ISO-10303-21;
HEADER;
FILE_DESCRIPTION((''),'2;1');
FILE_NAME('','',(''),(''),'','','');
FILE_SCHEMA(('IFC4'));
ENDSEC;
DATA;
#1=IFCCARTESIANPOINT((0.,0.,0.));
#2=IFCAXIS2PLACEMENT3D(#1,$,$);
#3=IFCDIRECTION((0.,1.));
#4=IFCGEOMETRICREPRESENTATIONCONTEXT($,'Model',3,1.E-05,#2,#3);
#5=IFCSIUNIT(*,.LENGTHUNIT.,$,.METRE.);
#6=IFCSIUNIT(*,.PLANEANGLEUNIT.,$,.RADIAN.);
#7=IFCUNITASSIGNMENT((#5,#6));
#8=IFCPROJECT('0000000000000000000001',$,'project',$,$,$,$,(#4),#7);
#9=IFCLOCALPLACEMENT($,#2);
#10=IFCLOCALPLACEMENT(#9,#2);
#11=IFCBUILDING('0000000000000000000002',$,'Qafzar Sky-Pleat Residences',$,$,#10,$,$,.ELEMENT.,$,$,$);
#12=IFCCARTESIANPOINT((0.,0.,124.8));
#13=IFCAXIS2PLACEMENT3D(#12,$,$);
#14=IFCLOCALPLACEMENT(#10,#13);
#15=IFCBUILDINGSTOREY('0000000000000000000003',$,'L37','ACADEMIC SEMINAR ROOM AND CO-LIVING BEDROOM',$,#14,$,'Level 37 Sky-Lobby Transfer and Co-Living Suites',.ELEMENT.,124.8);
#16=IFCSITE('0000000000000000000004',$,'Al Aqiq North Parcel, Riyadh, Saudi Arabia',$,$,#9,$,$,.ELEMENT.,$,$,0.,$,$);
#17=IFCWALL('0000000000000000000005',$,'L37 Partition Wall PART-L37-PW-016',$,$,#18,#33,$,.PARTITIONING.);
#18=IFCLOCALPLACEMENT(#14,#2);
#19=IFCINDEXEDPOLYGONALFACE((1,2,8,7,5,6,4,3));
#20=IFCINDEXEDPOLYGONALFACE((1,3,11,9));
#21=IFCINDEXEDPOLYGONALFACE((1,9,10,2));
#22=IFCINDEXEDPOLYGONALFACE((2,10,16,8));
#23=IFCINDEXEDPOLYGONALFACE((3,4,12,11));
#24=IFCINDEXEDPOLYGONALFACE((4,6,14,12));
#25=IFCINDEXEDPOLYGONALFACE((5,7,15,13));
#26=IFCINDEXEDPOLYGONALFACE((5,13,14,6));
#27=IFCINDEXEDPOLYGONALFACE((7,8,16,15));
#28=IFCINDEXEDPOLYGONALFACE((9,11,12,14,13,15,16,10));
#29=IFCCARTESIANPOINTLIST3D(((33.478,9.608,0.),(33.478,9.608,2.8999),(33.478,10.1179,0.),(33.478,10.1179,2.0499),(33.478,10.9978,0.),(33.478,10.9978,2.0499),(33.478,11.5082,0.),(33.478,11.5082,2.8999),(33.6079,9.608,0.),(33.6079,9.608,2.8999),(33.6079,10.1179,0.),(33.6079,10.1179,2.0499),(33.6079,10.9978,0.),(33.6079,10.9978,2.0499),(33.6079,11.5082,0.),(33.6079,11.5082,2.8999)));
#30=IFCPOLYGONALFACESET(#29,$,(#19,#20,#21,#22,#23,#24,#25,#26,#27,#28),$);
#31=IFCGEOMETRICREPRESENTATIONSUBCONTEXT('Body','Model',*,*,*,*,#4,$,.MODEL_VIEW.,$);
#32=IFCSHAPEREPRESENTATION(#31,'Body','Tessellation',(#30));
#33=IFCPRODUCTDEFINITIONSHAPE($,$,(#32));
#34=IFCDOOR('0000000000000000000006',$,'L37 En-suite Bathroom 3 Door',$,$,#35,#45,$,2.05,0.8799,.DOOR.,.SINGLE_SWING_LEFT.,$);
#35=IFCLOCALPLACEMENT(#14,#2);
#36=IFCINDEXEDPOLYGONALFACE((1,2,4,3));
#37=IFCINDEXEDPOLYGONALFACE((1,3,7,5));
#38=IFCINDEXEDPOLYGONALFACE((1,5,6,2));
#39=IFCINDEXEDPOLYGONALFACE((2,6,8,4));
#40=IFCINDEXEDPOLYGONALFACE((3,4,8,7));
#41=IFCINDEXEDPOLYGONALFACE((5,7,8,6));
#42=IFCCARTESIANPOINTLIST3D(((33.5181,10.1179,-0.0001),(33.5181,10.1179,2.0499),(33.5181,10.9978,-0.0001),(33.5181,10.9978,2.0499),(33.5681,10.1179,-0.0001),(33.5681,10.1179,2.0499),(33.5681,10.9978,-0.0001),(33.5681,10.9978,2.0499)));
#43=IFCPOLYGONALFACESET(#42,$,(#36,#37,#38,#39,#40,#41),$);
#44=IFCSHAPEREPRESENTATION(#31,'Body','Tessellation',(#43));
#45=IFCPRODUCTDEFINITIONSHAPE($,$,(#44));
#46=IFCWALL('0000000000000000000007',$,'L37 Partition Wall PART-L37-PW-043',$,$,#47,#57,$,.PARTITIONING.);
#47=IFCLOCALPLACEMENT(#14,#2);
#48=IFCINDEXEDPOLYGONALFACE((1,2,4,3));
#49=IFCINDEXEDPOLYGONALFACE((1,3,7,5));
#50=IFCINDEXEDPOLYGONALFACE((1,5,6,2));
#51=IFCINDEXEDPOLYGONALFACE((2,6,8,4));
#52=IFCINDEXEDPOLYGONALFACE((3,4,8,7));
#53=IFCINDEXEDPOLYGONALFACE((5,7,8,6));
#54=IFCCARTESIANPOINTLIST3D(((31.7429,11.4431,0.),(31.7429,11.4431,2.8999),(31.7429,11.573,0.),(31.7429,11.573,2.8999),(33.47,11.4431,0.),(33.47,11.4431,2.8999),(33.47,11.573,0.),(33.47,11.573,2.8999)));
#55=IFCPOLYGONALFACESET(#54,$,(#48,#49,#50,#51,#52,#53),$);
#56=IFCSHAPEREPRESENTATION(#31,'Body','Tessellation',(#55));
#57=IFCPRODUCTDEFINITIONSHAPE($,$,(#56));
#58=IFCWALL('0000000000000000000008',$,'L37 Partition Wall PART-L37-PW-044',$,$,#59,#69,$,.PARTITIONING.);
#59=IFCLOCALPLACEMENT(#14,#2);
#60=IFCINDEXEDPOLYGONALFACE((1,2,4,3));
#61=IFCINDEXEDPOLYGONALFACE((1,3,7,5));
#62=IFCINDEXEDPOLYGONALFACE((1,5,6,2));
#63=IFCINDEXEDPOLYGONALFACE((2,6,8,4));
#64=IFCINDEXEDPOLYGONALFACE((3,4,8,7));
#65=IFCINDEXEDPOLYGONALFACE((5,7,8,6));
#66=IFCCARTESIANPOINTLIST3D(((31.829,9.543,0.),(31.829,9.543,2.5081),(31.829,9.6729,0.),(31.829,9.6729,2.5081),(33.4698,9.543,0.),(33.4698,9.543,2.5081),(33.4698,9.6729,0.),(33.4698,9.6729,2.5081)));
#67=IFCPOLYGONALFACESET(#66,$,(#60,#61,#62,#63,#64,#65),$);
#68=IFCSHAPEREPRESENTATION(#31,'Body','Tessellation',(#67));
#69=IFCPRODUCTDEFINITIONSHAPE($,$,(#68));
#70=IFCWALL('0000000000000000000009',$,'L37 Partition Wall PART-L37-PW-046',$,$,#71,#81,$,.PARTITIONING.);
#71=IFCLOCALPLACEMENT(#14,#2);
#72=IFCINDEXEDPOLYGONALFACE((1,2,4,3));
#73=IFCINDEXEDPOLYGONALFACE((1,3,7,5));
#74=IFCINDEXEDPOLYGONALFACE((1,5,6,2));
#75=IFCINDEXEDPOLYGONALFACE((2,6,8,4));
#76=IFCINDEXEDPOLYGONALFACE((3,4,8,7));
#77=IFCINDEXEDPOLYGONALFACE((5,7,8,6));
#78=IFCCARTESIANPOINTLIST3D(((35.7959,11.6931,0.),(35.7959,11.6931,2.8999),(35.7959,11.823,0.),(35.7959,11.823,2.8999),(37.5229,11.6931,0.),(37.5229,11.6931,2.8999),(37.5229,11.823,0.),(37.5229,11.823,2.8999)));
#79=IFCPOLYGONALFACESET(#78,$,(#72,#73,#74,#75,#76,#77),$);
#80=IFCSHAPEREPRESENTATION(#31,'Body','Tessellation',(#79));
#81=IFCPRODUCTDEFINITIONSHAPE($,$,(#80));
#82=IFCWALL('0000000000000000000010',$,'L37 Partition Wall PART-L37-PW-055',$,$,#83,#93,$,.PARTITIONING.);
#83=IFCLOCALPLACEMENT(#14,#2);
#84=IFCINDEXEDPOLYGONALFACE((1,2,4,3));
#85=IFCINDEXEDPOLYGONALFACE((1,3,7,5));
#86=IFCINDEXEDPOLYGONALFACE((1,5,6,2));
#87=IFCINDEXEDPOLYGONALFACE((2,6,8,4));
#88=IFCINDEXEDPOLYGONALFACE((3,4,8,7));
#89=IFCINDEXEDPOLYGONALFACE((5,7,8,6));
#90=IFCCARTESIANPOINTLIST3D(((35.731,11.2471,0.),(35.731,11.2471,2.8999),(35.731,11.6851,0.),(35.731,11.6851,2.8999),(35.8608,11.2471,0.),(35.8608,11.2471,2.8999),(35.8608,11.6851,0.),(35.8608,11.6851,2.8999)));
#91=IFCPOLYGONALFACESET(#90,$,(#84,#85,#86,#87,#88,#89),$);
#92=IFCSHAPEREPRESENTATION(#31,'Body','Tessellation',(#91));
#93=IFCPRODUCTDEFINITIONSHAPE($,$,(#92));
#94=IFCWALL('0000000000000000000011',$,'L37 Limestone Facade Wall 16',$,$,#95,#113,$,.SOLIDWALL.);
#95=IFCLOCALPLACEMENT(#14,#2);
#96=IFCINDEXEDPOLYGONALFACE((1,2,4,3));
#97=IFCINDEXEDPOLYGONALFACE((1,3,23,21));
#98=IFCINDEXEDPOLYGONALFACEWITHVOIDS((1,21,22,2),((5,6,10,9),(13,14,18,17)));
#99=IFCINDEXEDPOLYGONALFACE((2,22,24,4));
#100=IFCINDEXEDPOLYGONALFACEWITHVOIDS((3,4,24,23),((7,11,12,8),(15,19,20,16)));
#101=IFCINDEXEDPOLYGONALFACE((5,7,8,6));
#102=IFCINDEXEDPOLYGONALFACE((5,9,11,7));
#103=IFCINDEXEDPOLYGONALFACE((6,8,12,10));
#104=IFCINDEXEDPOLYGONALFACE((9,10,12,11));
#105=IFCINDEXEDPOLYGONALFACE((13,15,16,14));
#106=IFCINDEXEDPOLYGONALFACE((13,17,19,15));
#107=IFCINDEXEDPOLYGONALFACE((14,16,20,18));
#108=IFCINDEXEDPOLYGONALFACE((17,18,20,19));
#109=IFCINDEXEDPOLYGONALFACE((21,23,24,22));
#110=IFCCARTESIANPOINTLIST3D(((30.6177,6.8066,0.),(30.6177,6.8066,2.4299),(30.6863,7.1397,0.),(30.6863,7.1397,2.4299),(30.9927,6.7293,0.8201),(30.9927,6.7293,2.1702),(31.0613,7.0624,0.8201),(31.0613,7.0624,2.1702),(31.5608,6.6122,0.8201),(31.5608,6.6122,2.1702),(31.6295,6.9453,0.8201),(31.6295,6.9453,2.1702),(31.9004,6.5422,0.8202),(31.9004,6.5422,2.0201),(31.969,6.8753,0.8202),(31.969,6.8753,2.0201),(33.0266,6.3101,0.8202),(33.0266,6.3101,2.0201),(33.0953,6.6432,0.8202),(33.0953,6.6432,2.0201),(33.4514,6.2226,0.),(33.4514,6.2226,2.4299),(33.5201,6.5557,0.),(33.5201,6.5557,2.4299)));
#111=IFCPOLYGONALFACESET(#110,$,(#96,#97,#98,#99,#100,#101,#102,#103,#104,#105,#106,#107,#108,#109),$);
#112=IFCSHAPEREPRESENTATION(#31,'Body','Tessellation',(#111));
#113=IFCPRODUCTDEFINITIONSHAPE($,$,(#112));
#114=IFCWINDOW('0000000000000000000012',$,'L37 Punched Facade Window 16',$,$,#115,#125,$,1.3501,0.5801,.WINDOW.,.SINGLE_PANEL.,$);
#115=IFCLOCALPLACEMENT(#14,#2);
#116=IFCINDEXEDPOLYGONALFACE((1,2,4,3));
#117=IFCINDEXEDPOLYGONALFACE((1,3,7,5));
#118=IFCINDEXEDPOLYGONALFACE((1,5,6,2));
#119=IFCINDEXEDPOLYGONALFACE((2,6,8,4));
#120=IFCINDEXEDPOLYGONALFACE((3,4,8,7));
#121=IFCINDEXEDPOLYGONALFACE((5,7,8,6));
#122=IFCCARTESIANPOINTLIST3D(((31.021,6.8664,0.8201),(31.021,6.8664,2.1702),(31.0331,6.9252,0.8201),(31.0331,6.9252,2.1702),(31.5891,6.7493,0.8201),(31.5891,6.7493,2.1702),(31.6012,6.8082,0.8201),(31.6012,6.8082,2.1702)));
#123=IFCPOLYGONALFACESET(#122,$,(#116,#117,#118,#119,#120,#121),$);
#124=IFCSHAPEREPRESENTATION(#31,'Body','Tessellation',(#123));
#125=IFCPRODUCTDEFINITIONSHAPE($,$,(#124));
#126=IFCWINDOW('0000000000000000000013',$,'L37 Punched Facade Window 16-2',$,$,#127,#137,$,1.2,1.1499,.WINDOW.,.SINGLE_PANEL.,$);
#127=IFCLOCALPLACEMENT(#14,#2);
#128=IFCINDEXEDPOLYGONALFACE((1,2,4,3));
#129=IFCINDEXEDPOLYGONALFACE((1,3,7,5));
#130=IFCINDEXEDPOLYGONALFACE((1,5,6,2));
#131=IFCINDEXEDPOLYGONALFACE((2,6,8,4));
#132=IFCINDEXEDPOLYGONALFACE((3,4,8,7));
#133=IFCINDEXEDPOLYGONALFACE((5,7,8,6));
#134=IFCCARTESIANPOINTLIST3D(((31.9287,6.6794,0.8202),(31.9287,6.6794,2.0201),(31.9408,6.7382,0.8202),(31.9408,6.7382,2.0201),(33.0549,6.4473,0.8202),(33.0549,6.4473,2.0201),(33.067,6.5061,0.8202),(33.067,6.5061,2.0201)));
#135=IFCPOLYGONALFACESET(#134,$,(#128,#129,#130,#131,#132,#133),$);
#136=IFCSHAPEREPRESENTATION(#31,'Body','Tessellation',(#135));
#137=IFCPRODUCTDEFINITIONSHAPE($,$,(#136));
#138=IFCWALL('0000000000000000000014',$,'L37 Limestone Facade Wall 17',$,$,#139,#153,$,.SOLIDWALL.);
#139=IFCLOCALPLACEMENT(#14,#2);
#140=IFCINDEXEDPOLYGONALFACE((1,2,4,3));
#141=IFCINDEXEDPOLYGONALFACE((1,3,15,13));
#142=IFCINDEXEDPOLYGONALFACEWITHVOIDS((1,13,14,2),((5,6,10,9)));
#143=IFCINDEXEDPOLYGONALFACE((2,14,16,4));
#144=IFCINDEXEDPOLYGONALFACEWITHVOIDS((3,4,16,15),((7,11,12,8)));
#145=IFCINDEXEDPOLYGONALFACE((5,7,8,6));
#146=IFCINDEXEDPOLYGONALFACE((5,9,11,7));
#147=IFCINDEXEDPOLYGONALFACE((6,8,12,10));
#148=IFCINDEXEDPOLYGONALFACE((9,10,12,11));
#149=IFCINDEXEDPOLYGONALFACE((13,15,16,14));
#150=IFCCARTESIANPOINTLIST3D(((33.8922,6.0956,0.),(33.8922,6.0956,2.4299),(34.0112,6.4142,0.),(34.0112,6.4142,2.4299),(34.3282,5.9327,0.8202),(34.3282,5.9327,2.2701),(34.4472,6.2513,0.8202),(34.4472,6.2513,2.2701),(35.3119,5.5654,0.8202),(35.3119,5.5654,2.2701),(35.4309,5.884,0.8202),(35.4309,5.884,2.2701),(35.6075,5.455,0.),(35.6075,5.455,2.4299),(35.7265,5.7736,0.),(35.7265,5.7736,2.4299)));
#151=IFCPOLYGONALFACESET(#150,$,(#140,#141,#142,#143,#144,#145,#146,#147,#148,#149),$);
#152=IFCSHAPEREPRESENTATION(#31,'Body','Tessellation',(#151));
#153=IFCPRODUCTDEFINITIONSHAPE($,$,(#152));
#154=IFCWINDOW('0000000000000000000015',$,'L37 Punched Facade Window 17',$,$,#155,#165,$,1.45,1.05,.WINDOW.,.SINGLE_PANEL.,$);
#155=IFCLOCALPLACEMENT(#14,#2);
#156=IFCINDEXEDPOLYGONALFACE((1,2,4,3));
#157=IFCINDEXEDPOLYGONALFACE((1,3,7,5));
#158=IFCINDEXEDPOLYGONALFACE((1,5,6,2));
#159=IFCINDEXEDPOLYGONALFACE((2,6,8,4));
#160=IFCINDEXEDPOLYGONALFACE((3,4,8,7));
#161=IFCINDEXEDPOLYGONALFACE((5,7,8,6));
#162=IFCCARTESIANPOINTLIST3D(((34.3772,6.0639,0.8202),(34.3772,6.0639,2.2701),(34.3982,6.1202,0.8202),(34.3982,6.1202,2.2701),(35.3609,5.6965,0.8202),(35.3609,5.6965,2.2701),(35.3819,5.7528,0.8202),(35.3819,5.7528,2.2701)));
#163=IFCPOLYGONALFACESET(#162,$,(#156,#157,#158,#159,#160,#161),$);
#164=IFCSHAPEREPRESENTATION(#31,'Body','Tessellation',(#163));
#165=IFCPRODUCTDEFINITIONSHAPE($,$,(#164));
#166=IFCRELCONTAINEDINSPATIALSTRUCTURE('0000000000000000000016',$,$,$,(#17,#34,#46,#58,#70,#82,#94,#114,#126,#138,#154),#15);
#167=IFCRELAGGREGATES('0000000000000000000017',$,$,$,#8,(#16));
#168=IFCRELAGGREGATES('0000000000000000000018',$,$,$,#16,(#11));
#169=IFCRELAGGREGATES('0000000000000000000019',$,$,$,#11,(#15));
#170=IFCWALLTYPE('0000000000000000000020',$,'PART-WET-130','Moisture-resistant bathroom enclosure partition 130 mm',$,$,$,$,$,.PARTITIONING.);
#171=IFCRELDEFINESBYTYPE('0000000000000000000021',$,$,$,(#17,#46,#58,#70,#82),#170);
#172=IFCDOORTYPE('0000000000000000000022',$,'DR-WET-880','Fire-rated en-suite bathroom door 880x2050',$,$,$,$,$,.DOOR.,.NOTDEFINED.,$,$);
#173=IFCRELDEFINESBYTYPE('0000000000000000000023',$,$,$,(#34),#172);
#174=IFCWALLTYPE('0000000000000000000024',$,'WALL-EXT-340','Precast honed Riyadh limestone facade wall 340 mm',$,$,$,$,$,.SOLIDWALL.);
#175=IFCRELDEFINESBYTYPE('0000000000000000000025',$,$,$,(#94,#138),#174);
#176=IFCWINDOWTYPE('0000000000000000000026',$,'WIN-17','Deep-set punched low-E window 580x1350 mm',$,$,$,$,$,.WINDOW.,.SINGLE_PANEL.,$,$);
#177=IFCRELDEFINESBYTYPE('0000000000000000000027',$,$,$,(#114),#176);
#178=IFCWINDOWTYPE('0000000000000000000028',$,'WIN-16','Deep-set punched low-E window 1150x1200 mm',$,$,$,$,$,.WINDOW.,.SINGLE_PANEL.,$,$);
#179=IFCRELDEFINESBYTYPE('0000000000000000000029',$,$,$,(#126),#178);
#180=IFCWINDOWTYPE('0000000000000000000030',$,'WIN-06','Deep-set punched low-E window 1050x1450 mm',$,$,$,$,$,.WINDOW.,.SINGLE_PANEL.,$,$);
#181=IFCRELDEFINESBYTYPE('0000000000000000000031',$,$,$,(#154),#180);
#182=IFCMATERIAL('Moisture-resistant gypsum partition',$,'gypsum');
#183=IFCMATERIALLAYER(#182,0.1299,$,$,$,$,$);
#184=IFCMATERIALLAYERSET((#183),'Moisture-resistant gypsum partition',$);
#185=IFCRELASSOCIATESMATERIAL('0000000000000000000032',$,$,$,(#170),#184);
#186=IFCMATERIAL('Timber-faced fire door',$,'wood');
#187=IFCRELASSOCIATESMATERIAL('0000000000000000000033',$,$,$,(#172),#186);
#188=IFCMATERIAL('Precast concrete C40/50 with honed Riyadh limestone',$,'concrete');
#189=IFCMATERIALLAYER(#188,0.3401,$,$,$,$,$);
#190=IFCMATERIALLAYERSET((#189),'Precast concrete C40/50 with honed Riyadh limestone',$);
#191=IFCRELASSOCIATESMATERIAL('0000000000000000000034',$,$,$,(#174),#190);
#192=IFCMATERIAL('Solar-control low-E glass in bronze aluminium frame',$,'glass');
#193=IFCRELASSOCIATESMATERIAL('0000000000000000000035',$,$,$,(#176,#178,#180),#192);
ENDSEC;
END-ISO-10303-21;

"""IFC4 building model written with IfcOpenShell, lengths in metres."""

from ifc_helpers import new_model, si_unit, direction, frame, frame_2d, origin, place, context, subcontext, project, spatial, rectangle, extrude, source, transform, mapped, material, layer, layer_set, type_object, element, fill, save


model = new_model("IFC4")

# Units and contexts
model_context = context("Model", 3, precision=1e-05, world=origin(), true_north=direction((0.0, 1.0)))
body_context = subcontext(model_context, "Body", "Model", "MODEL_VIEW")
ifc_project = project(units=[si_unit("LENGTHUNIT", "METRE"), si_unit("PLANEANGLEUNIT", "RADIAN")], contexts=[model_context])

# Site, building, storey
site_placement = place(None, origin())
site = spatial("IfcSite", under=ifc_project, at=site_placement, Name="Al Aqiq North Parcel, Riyadh, Saudi Arabia", CompositionType="ELEMENT", RefElevation=0.0)
building_placement = place(site_placement, origin())
building = spatial("IfcBuilding", under=site, at=building_placement, Name="Qafzar Sky-Pleat Residences", CompositionType="ELEMENT")
storey_placement = place(building_placement, frame((0.0, 0.0, 124.8)))
storey = spatial("IfcBuildingStorey", under=building, at=storey_placement, Name="L37", Description="ACADEMIC SEMINAR ROOM AND CO-LIVING BEDROOM", LongName="Level 37 Sky-Lobby Transfer and Co-Living Suites", CompositionType="ELEMENT", Elevation=124.8)

# Wall, opening, door
ifc_material_1 = material(Name="Moisture-resistant gypsum partition", Category="gypsum")
ifc_layer_1 = layer(ifc_material_1, 0.1299)
ifc_layer_set_1 = layer_set([ifc_layer_1], Name="Moisture-resistant gypsum partition")
wall_type_1 = type_object("IfcWallType", Name="PART-WET-130", Description="Moisture-resistant bathroom enclosure partition 130 mm", PredefinedType="PARTITIONING", material=ifc_layer_set_1)
wall_1_placement = place(storey_placement, frame((33.543, 9.6079, 0.0), z_axis=(0.0, 0.0, 1.0), x_axis=(0.0, 1.0, 0.0)))
wall_1 = element("IfcWall", 1, at=wall_1_placement, inside=storey, type_object=wall_type_1, Name="L37 Partition Wall PART-L37-PW-016", PredefinedType="PARTITIONING", context=body_context, shape_type="SweptSolid", body=[
    extrude(rectangle(XDim=1.9001, YDim=0.1299, at=frame_2d((0.9502, 0.0))), origin(), (0.0, 0.0, 1.0), 2.8999),
])
opening_1_placement = place(wall_1_placement, frame((0.51, 0.0, 0.0)))
opening_1 = element("IfcOpeningElement", 2, at=opening_1_placement, cuts=wall_1, PredefinedType="OPENING", context=body_context, shape_type="SweptSolid", body=[
    extrude(rectangle(XDim=0.8799, YDim=2.05, at=frame_2d((0.4399, 1.0249))), frame((0.0, 0.075, 0.0), z_axis=(0.0, -1.0, 0.0), x_axis=(1.0, 0.0, 0.0)), (0.0, 0.0, 1.0), 0.1499),
])
ifc_material_2 = material(Name="Timber-faced fire door", Category="wood")
door_type = type_object("IfcDoorType", Name="DR-WET-880", Description="Fire-rated en-suite bathroom door 880x2050", OperationType="NOTDEFINED", PredefinedType="DOOR", material=ifc_material_2)
shared_shape_1 = source(origin(), body_context, "Body", "SweptSolid", [
    extrude(rectangle(XDim=0.8799, YDim=2.05, at=frame_2d((0.4399, 1.0249))), frame((0.0, 0.0249, 0.0), z_axis=(0.0, -1.0, 0.0), x_axis=(1.0, 0.0, 0.0)), (0.0, 0.0, 1.0), 0.05),
])
door_placement = place(opening_1_placement, origin())
door = element("IfcDoor", 3, at=door_placement, inside=storey, type_object=door_type, Name="L37 En-suite Bathroom 3 Door", OperationType="SINGLE_SWING_LEFT", OverallHeight=2.05, OverallWidth=0.8799, PredefinedType="DOOR", context=body_context, shape_type="MappedRepresentation", body=[
    mapped(shared_shape_1, transform((0.0, 0.0, 0.0), x_axis=(1.0, 0.0, 0.0), y_axis=(0.0, 1.0, 0.0), z_axis=(0.0, 0.0, 1.0), scale=1.0)),
])
fill(opening_1, door)

# Walls
wall_2_placement = place(storey_placement, frame((31.7429, 11.5081, 0.0), z_axis=(0.0, 0.0, 1.0), x_axis=(1.0, 0.0, 0.0)))
element("IfcWall", 4, at=wall_2_placement, inside=storey, type_object=wall_type_1, Name="L37 Partition Wall PART-L37-PW-043", PredefinedType="PARTITIONING", context=body_context, shape_type="SweptSolid", body=[
    extrude(rectangle(XDim=1.7271, YDim=0.1299, at=frame_2d((0.8635, 0.0))), origin(), (0.0, 0.0, 1.0), 2.8999),
])
wall_3_placement = place(storey_placement, frame((31.8291, 9.6079, 0.0), z_axis=(0.0, 0.0, 1.0), x_axis=(1.0, 0.0, 0.0)))
element("IfcWall", 5, at=wall_3_placement, inside=storey, type_object=wall_type_1, Name="L37 Partition Wall PART-L37-PW-044", PredefinedType="PARTITIONING", context=body_context, shape_type="SweptSolid", body=[
    extrude(rectangle(XDim=1.6409, YDim=0.1299, at=frame_2d((0.8203, 0.0))), origin(), (0.0, 0.0, 1.0), 2.5081),
])
wall_4_placement = place(storey_placement, frame((35.7959, 11.7581, 0.0), z_axis=(0.0, 0.0, 1.0), x_axis=(1.0, 0.0, 0.0)))
element("IfcWall", 6, at=wall_4_placement, inside=storey, type_object=wall_type_1, Name="L37 Partition Wall PART-L37-PW-046", PredefinedType="PARTITIONING", context=body_context, shape_type="SweptSolid", body=[
    extrude(rectangle(XDim=1.7271, YDim=0.1299, at=frame_2d((0.8635, 0.0))), origin(), (0.0, 0.0, 1.0), 2.8999),
])
wall_5_placement = place(storey_placement, frame((35.7959, 11.2471, 0.0), z_axis=(0.0, 0.0, 1.0), x_axis=(0.0, 1.0, 0.0)))
element("IfcWall", 7, at=wall_5_placement, inside=storey, type_object=wall_type_1, Name="L37 Partition Wall PART-L37-PW-055", PredefinedType="PARTITIONING", context=body_context, shape_type="SweptSolid", body=[
    extrude(rectangle(XDim=0.438, YDim=0.1299, at=frame_2d((0.219, 0.0))), origin(), (0.0, 0.0, 1.0), 2.8999),
])

# Wall, openings, windows
ifc_material_3 = material(Name="Precast concrete C40/50 with honed Riyadh limestone", Category="concrete")
ifc_layer_2 = layer(ifc_material_3, 0.3401)
ifc_layer_set_2 = layer_set([ifc_layer_2], Name="Precast concrete C40/50 with honed Riyadh limestone")
wall_type_2 = type_object("IfcWallType", Name="WALL-EXT-340", Description="Precast honed Riyadh limestone facade wall 340 mm", PredefinedType="SOLIDWALL", material=ifc_layer_set_2)
wall_6_placement = place(storey_placement, frame((30.6519, 6.9731, 0.0), z_axis=(0.0, 0.0, 1.0), x_axis=(0.979418, -0.201841, 0.0)))
wall_6 = element("IfcWall", 8, at=wall_6_placement, inside=storey, type_object=wall_type_2, Name="L37 Limestone Facade Wall 16", PredefinedType="SOLIDWALL", context=body_context, shape_type="SweptSolid", body=[
    extrude(rectangle(XDim=2.8933, YDim=0.3401, at=frame_2d((1.4468, 0.0))), origin(), (0.0, 0.0, 1.0), 2.4299),
])
opening_2_placement = place(wall_6_placement, frame((0.3831, 0.0, 0.8201)))
opening_2 = element("IfcOpeningElement", 9, at=opening_2_placement, cuts=wall_6, PredefinedType="OPENING", context=body_context, shape_type="SweptSolid", body=[
    extrude(rectangle(XDim=0.5801, YDim=1.3501, at=frame_2d((0.29, 0.675))), frame((0.0, 0.1802, 0.0), z_axis=(0.0, -1.0, 0.0), x_axis=(1.0, 0.0, 0.0)), (0.0, 0.0, 1.0), 0.3601),
])
opening_3_placement = place(wall_6_placement, frame((1.3098, 0.0, 0.8201)))
opening_3 = element("IfcOpeningElement", 10, at=opening_3_placement, cuts=wall_6, PredefinedType="OPENING", context=body_context, shape_type="SweptSolid", body=[
    extrude(rectangle(XDim=1.1499, YDim=1.2, at=frame_2d((0.575, 0.6001))), frame((0.0, 0.1802, 0.0), z_axis=(0.0, -1.0, 0.0), x_axis=(1.0, 0.0, 0.0)), (0.0, 0.0, 1.0), 0.3601),
])
ifc_material_4 = material(Name="Solar-control low-E glass in bronze aluminium frame", Category="glass")
window_type_1 = type_object("IfcWindowType", Name="WIN-17", Description="Deep-set punched low-E window 580x1350 mm", PartitioningType="SINGLE_PANEL", PredefinedType="WINDOW", material=ifc_material_4)
shared_shape_2 = source(origin(), body_context, "Body", "SweptSolid", [
    extrude(rectangle(XDim=0.5801, YDim=1.3501, at=frame_2d((0.29, 0.675))), frame((0.0, 0.03, 0.0), z_axis=(0.0, -1.0, 0.0), x_axis=(1.0, 0.0, 0.0)), (0.0, 0.0, 1.0), 0.0601),
])
window_1_placement = place(opening_2_placement, origin())
window_1 = element("IfcWindow", 11, at=window_1_placement, inside=storey, type_object=window_type_1, Name="L37 Punched Facade Window 16", OverallHeight=1.3501, OverallWidth=0.5801, PartitioningType="SINGLE_PANEL", PredefinedType="WINDOW", context=body_context, shape_type="MappedRepresentation", body=[
    mapped(shared_shape_2, transform((0.0, 0.0, 0.0), x_axis=(1.0, 0.0, 0.0), y_axis=(0.0, 1.0, 0.0), z_axis=(0.0, 0.0, 1.0), scale=1.0)),
])
fill(opening_2, window_1)
window_type_2 = type_object("IfcWindowType", Name="WIN-16", Description="Deep-set punched low-E window 1150x1200 mm", PartitioningType="SINGLE_PANEL", PredefinedType="WINDOW", material=ifc_material_4)
shared_shape_3 = source(origin(), body_context, "Body", "SweptSolid", [
    extrude(rectangle(XDim=1.1499, YDim=1.2, at=frame_2d((0.575, 0.6001))), frame((0.0, 0.03, 0.0), z_axis=(0.0, -1.0, 0.0), x_axis=(1.0, 0.0, 0.0)), (0.0, 0.0, 1.0), 0.0601),
])
window_2_placement = place(opening_3_placement, origin())
window_2 = element("IfcWindow", 12, at=window_2_placement, inside=storey, type_object=window_type_2, Name="L37 Punched Facade Window 16-2", OverallHeight=1.2, OverallWidth=1.1499, PartitioningType="SINGLE_PANEL", PredefinedType="WINDOW", context=body_context, shape_type="MappedRepresentation", body=[
    mapped(shared_shape_3, transform((0.0, 0.0, 0.0), x_axis=(1.0, 0.0, 0.0), y_axis=(0.0, 1.0, 0.0), z_axis=(0.0, 0.0, 1.0), scale=1.0)),
])
fill(opening_3, window_2)

# Wall, opening, window
wall_7_placement = place(storey_placement, frame((33.9517, 6.2549, 0.0), z_axis=(0.0, 0.0, 1.0), x_axis=(0.9368, -0.349867, 0.0)))
wall_7 = element("IfcWall", 13, at=wall_7_placement, inside=storey, type_object=wall_type_2, Name="L37 Limestone Facade Wall 17", PredefinedType="SOLIDWALL", context=body_context, shape_type="SweptSolid", body=[
    extrude(rectangle(XDim=1.8311, YDim=0.3401, at=frame_2d((0.9155, 0.0))), origin(), (0.0, 0.0, 1.0), 2.4299),
])
opening_4_placement = place(wall_7_placement, frame((0.4656, 0.0, 0.8201)))
opening_4 = element("IfcOpeningElement", 14, at=opening_4_placement, cuts=wall_7, PredefinedType="OPENING", context=body_context, shape_type="SweptSolid", body=[
    extrude(rectangle(XDim=1.05, YDim=1.45, at=frame_2d((0.5249, 0.7251))), frame((0.0, 0.1802, 0.0), z_axis=(0.0, -1.0, 0.0), x_axis=(1.0, 0.0, 0.0)), (0.0, 0.0, 1.0), 0.3601),
])
window_type_3 = type_object("IfcWindowType", Name="WIN-06", Description="Deep-set punched low-E window 1050x1450 mm", PartitioningType="SINGLE_PANEL", PredefinedType="WINDOW", material=ifc_material_4)
shared_shape_4 = source(origin(), body_context, "Body", "SweptSolid", [
    extrude(rectangle(XDim=1.05, YDim=1.45, at=frame_2d((0.5249, 0.7251))), frame((0.0, 0.03, 0.0), z_axis=(0.0, -1.0, 0.0), x_axis=(1.0, 0.0, 0.0)), (0.0, 0.0, 1.0), 0.0601),
])
window_3_placement = place(opening_4_placement, origin())
window_3 = element("IfcWindow", 15, at=window_3_placement, inside=storey, type_object=window_type_3, Name="L37 Punched Facade Window 17", OverallHeight=1.45, OverallWidth=1.05, PartitioningType="SINGLE_PANEL", PredefinedType="WINDOW", context=body_context, shape_type="MappedRepresentation", body=[
    mapped(shared_shape_4, transform((0.0, 0.0, 0.0), x_axis=(1.0, 0.0, 0.0), y_axis=(0.0, 1.0, 0.0), z_axis=(0.0, 0.0, 1.0), scale=1.0)),
])
fill(opening_4, window_3)

save(model, "model.ifc")
